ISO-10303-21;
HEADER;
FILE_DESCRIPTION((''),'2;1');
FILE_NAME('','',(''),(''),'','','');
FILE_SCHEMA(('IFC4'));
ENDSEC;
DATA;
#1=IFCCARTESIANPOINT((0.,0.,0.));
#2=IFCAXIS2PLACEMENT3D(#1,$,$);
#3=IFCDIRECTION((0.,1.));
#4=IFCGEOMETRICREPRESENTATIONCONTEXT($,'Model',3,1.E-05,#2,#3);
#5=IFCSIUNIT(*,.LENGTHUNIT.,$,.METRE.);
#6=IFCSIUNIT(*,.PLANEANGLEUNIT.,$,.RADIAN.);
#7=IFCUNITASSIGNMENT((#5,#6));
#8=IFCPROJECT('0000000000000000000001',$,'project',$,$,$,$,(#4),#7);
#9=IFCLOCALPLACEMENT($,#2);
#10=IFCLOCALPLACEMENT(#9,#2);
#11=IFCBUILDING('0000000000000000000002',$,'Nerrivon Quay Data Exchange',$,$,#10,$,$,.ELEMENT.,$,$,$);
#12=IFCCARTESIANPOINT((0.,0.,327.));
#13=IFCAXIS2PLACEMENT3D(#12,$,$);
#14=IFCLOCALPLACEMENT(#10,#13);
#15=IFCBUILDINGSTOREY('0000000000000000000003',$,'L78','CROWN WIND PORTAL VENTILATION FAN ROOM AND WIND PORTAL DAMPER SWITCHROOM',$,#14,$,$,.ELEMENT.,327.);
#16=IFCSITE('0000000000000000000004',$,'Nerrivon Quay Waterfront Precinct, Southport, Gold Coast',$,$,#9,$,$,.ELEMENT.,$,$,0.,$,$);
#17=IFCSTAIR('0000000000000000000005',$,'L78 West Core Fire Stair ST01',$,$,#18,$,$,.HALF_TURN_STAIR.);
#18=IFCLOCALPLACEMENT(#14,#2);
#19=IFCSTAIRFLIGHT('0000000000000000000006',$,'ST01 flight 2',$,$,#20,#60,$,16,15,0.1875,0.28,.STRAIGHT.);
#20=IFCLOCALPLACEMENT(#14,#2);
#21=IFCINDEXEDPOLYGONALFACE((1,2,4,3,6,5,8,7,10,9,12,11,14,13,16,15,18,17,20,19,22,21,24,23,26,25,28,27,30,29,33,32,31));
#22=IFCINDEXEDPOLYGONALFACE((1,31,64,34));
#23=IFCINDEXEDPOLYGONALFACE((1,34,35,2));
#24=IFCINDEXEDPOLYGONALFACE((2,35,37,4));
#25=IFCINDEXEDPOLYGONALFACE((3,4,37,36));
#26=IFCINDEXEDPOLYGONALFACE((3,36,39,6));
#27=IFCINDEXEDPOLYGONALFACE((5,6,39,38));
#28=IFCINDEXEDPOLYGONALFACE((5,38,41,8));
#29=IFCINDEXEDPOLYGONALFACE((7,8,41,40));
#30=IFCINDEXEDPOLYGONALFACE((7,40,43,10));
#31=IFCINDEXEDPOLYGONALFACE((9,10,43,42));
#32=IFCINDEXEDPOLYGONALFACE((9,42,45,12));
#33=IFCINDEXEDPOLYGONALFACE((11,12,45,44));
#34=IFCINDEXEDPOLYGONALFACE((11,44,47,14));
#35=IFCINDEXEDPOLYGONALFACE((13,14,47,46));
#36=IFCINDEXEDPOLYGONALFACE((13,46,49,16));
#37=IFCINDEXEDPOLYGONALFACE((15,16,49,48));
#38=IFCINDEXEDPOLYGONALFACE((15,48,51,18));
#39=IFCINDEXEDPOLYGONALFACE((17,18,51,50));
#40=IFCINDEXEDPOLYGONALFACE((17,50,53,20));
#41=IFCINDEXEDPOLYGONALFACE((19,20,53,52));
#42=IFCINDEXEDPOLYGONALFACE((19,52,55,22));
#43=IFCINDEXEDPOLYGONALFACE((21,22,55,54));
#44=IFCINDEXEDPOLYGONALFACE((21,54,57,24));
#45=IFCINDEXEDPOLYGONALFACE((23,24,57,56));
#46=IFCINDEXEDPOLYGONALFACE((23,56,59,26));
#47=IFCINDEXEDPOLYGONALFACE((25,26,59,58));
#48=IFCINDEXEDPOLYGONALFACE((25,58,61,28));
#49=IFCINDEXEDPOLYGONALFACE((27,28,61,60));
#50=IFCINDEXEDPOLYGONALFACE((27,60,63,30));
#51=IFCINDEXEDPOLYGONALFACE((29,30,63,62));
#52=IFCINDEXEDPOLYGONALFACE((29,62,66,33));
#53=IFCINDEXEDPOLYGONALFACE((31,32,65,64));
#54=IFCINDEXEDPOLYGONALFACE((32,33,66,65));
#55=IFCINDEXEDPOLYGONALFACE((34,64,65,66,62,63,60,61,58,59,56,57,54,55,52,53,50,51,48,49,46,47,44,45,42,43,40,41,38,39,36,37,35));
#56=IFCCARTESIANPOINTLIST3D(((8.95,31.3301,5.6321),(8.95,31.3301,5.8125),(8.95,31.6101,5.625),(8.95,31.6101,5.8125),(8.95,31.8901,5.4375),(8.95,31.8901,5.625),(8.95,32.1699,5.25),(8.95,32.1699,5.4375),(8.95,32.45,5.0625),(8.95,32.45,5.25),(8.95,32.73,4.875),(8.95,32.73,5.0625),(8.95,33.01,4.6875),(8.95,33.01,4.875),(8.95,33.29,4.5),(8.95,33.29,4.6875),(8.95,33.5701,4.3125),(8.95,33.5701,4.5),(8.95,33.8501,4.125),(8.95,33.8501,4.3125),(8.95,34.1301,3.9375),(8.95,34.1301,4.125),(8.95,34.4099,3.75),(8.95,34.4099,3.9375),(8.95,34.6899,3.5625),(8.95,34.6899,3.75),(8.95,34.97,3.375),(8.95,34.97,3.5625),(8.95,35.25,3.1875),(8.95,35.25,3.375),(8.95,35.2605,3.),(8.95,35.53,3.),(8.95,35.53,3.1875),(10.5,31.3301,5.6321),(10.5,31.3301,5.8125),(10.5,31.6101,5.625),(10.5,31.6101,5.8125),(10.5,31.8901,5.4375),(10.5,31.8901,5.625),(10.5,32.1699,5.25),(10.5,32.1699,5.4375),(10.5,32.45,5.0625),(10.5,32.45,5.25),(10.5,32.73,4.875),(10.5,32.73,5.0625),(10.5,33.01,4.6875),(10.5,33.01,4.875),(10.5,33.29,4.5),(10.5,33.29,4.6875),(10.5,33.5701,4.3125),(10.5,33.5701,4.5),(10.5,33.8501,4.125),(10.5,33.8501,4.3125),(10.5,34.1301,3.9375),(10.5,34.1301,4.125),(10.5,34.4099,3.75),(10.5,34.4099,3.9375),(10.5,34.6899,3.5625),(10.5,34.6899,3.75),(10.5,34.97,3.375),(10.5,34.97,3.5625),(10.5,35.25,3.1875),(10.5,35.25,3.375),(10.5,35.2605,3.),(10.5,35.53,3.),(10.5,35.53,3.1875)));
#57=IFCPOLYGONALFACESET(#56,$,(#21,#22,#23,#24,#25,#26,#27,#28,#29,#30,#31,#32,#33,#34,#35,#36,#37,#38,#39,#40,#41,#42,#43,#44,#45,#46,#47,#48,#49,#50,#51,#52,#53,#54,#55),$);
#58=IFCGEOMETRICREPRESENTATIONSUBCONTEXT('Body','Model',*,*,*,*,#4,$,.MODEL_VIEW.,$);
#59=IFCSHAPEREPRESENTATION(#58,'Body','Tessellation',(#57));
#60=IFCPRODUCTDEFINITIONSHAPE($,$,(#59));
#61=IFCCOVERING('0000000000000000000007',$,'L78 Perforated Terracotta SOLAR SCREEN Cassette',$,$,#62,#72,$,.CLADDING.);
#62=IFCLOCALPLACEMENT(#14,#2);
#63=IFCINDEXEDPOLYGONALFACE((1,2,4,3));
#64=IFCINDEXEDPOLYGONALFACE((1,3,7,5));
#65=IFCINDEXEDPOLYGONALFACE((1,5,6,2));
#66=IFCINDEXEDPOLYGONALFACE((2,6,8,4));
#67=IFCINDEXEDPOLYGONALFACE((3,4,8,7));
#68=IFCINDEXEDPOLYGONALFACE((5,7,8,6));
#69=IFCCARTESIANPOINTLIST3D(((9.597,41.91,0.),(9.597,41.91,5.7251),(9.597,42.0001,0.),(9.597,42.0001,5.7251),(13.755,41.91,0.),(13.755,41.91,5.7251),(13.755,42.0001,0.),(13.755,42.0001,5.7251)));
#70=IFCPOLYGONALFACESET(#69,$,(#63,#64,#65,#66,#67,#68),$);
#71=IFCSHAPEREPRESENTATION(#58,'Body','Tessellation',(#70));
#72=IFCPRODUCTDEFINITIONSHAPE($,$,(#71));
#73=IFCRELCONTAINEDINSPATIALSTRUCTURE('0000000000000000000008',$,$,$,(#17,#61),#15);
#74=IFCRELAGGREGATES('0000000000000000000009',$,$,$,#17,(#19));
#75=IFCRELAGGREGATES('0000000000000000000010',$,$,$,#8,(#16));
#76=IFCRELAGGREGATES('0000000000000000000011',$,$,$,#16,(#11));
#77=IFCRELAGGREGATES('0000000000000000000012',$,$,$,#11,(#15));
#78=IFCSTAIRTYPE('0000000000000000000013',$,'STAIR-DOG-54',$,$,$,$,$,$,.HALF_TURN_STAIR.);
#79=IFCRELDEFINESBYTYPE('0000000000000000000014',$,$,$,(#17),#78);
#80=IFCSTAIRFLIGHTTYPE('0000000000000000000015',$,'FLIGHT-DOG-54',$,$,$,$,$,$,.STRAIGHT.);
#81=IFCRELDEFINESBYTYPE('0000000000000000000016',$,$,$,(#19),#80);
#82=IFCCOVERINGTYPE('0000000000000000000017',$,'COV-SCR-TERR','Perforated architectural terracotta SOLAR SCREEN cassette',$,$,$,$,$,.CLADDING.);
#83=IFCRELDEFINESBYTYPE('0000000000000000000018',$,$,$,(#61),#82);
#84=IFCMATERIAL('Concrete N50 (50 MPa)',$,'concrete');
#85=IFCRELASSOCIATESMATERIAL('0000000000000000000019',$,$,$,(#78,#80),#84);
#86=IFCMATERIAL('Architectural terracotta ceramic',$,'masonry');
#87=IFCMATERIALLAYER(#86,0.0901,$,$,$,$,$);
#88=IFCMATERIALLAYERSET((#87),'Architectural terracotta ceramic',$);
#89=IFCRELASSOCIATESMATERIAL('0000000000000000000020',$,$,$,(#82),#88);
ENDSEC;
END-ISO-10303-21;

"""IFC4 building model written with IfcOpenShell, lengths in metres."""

from ifc_helpers import new_model, si_unit, direction, frame, origin, origin_2d, place, context, subcontext, project, spatial, polyline, rectangle, outline, extrude, material, layer, layer_set, type_object, element, aggregate, save


model = new_model("IFC4")

# Units and contexts
model_context = context("Model", 3, precision=1e-05, world=origin(), true_north=direction((0.0, 1.0)))
body_context = subcontext(model_context, "Body", "Model", "MODEL_VIEW")
ifc_project = project(units=[si_unit("LENGTHUNIT", "METRE"), si_unit("PLANEANGLEUNIT", "RADIAN")], contexts=[model_context])

# Site, building, storey
site_placement = place(None, origin())
site = spatial("IfcSite", under=ifc_project, at=site_placement, Name="Nerrivon Quay Waterfront Precinct, Southport, Gold Coast", CompositionType="ELEMENT", RefElevation=0.0)
building_placement = place(site_placement, origin())
building = spatial("IfcBuilding", under=site, at=building_placement, Name="Nerrivon Quay Data Exchange", CompositionType="ELEMENT")
storey_placement = place(building_placement, frame((0.0, 0.0, 327.0)))
storey = spatial("IfcBuildingStorey", under=building, at=storey_placement, Name="L78", Description="CROWN WIND PORTAL VENTILATION FAN ROOM AND WIND PORTAL DAMPER SWITCHROOM", CompositionType="ELEMENT", Elevation=327.0)

# Shared definitions
ifc_material_1 = material(Name="Concrete N50 (50 MPa)", Category="concrete")

# Stair, stair flight
stair_type = type_object("IfcStairType", Name="STAIR-DOG-54", PredefinedType="HALF_TURN_STAIR", material=ifc_material_1)
stair_placement = place(storey_placement, origin())
stair = element("IfcStair", 1, at=stair_placement, inside=storey, type_object=stair_type, Name="L78 West Core Fire Stair ST01", PredefinedType="HALF_TURN_STAIR")
stair_flight_type = type_object("IfcStairFlightType", Name="FLIGHT-DOG-54", PredefinedType="STRAIGHT", material=ifc_material_1)
stair_flight_placement = place(storey_placement, frame((9.7251, 35.53, 3.0), z_axis=(0.0, 0.0, 1.0), x_axis=(0.0, -1.0, 0.0)))
stair_flight = element("IfcStairFlight", 2, at=stair_flight_placement, type_object=stair_flight_type, Name="ST01 flight 2", NumberOfRisers=16, NumberOfTreads=15, PredefinedType="STRAIGHT", RiserHeight=0.1875, TreadLength=0.28, context=body_context, shape_type="SweptSolid", body=[
    extrude(outline(polyline([(0.0, 0.0), (0.0, 0.1875), (0.28, 0.1875), (0.28, 0.375), (0.5601, 0.375), (0.5601, 0.5625), (0.8401, 0.5625), (0.8401, 0.75), (1.1201, 0.75), (1.1201, 0.9375), (1.3999, 0.9375), (1.3999, 1.125), (1.6799, 1.125), (1.6799, 1.3125), (1.96, 1.3125), (1.96, 1.5), (2.24, 1.5), (2.24, 1.6875), (2.52, 1.6875), (2.52, 1.875), (2.8, 1.875), (2.8, 2.0625), (3.0801, 2.0625), (3.0801, 2.25), (3.3601, 2.25), (3.3601, 2.4375), (3.6399, 2.4375), (3.6399, 2.625), (3.9199, 2.625), (3.9199, 2.8125), (4.2, 2.8125), (4.2, 3.0), (4.2, 2.6321), (0.2695, 0.0), (0.0, 0.0)])), frame((0.0, 0.7749, 0.0), z_axis=(0.0, -1.0, 0.0), x_axis=(1.0, 0.0, 0.0)), (0.0, 0.0, 1.0), 1.55),
])
aggregate(stair, [stair_flight])

# Covering
ifc_material_2 = material(Name="Architectural terracotta ceramic", Category="masonry")
ifc_layer_1 = layer(ifc_material_2, 0.0901)
ifc_layer_set_1 = layer_set([ifc_layer_1], Name="Architectural terracotta ceramic")
covering_type = type_object("IfcCoveringType", Name="COV-SCR-TERR", Description="Perforated architectural terracotta SOLAR SCREEN cassette", PredefinedType="CLADDING", material=ifc_layer_set_1)
covering_placement = place(storey_placement, frame((11.676, 41.9551, 0.0), z_axis=(0.0, 0.0, 1.0), x_axis=(1.0, 0.0, 0.0)))
element("IfcCovering", 3, at=covering_placement, inside=storey, type_object=covering_type, Name="L78 Perforated Terracotta SOLAR SCREEN Cassette", PredefinedType="CLADDING", context=body_context, shape_type="SweptSolid", body=[
    extrude(rectangle(XDim=4.158, YDim=0.0901, at=origin_2d()), origin(), (0.0, 0.0, 1.0), 5.7251),
])

save(model, "model.ifc")
